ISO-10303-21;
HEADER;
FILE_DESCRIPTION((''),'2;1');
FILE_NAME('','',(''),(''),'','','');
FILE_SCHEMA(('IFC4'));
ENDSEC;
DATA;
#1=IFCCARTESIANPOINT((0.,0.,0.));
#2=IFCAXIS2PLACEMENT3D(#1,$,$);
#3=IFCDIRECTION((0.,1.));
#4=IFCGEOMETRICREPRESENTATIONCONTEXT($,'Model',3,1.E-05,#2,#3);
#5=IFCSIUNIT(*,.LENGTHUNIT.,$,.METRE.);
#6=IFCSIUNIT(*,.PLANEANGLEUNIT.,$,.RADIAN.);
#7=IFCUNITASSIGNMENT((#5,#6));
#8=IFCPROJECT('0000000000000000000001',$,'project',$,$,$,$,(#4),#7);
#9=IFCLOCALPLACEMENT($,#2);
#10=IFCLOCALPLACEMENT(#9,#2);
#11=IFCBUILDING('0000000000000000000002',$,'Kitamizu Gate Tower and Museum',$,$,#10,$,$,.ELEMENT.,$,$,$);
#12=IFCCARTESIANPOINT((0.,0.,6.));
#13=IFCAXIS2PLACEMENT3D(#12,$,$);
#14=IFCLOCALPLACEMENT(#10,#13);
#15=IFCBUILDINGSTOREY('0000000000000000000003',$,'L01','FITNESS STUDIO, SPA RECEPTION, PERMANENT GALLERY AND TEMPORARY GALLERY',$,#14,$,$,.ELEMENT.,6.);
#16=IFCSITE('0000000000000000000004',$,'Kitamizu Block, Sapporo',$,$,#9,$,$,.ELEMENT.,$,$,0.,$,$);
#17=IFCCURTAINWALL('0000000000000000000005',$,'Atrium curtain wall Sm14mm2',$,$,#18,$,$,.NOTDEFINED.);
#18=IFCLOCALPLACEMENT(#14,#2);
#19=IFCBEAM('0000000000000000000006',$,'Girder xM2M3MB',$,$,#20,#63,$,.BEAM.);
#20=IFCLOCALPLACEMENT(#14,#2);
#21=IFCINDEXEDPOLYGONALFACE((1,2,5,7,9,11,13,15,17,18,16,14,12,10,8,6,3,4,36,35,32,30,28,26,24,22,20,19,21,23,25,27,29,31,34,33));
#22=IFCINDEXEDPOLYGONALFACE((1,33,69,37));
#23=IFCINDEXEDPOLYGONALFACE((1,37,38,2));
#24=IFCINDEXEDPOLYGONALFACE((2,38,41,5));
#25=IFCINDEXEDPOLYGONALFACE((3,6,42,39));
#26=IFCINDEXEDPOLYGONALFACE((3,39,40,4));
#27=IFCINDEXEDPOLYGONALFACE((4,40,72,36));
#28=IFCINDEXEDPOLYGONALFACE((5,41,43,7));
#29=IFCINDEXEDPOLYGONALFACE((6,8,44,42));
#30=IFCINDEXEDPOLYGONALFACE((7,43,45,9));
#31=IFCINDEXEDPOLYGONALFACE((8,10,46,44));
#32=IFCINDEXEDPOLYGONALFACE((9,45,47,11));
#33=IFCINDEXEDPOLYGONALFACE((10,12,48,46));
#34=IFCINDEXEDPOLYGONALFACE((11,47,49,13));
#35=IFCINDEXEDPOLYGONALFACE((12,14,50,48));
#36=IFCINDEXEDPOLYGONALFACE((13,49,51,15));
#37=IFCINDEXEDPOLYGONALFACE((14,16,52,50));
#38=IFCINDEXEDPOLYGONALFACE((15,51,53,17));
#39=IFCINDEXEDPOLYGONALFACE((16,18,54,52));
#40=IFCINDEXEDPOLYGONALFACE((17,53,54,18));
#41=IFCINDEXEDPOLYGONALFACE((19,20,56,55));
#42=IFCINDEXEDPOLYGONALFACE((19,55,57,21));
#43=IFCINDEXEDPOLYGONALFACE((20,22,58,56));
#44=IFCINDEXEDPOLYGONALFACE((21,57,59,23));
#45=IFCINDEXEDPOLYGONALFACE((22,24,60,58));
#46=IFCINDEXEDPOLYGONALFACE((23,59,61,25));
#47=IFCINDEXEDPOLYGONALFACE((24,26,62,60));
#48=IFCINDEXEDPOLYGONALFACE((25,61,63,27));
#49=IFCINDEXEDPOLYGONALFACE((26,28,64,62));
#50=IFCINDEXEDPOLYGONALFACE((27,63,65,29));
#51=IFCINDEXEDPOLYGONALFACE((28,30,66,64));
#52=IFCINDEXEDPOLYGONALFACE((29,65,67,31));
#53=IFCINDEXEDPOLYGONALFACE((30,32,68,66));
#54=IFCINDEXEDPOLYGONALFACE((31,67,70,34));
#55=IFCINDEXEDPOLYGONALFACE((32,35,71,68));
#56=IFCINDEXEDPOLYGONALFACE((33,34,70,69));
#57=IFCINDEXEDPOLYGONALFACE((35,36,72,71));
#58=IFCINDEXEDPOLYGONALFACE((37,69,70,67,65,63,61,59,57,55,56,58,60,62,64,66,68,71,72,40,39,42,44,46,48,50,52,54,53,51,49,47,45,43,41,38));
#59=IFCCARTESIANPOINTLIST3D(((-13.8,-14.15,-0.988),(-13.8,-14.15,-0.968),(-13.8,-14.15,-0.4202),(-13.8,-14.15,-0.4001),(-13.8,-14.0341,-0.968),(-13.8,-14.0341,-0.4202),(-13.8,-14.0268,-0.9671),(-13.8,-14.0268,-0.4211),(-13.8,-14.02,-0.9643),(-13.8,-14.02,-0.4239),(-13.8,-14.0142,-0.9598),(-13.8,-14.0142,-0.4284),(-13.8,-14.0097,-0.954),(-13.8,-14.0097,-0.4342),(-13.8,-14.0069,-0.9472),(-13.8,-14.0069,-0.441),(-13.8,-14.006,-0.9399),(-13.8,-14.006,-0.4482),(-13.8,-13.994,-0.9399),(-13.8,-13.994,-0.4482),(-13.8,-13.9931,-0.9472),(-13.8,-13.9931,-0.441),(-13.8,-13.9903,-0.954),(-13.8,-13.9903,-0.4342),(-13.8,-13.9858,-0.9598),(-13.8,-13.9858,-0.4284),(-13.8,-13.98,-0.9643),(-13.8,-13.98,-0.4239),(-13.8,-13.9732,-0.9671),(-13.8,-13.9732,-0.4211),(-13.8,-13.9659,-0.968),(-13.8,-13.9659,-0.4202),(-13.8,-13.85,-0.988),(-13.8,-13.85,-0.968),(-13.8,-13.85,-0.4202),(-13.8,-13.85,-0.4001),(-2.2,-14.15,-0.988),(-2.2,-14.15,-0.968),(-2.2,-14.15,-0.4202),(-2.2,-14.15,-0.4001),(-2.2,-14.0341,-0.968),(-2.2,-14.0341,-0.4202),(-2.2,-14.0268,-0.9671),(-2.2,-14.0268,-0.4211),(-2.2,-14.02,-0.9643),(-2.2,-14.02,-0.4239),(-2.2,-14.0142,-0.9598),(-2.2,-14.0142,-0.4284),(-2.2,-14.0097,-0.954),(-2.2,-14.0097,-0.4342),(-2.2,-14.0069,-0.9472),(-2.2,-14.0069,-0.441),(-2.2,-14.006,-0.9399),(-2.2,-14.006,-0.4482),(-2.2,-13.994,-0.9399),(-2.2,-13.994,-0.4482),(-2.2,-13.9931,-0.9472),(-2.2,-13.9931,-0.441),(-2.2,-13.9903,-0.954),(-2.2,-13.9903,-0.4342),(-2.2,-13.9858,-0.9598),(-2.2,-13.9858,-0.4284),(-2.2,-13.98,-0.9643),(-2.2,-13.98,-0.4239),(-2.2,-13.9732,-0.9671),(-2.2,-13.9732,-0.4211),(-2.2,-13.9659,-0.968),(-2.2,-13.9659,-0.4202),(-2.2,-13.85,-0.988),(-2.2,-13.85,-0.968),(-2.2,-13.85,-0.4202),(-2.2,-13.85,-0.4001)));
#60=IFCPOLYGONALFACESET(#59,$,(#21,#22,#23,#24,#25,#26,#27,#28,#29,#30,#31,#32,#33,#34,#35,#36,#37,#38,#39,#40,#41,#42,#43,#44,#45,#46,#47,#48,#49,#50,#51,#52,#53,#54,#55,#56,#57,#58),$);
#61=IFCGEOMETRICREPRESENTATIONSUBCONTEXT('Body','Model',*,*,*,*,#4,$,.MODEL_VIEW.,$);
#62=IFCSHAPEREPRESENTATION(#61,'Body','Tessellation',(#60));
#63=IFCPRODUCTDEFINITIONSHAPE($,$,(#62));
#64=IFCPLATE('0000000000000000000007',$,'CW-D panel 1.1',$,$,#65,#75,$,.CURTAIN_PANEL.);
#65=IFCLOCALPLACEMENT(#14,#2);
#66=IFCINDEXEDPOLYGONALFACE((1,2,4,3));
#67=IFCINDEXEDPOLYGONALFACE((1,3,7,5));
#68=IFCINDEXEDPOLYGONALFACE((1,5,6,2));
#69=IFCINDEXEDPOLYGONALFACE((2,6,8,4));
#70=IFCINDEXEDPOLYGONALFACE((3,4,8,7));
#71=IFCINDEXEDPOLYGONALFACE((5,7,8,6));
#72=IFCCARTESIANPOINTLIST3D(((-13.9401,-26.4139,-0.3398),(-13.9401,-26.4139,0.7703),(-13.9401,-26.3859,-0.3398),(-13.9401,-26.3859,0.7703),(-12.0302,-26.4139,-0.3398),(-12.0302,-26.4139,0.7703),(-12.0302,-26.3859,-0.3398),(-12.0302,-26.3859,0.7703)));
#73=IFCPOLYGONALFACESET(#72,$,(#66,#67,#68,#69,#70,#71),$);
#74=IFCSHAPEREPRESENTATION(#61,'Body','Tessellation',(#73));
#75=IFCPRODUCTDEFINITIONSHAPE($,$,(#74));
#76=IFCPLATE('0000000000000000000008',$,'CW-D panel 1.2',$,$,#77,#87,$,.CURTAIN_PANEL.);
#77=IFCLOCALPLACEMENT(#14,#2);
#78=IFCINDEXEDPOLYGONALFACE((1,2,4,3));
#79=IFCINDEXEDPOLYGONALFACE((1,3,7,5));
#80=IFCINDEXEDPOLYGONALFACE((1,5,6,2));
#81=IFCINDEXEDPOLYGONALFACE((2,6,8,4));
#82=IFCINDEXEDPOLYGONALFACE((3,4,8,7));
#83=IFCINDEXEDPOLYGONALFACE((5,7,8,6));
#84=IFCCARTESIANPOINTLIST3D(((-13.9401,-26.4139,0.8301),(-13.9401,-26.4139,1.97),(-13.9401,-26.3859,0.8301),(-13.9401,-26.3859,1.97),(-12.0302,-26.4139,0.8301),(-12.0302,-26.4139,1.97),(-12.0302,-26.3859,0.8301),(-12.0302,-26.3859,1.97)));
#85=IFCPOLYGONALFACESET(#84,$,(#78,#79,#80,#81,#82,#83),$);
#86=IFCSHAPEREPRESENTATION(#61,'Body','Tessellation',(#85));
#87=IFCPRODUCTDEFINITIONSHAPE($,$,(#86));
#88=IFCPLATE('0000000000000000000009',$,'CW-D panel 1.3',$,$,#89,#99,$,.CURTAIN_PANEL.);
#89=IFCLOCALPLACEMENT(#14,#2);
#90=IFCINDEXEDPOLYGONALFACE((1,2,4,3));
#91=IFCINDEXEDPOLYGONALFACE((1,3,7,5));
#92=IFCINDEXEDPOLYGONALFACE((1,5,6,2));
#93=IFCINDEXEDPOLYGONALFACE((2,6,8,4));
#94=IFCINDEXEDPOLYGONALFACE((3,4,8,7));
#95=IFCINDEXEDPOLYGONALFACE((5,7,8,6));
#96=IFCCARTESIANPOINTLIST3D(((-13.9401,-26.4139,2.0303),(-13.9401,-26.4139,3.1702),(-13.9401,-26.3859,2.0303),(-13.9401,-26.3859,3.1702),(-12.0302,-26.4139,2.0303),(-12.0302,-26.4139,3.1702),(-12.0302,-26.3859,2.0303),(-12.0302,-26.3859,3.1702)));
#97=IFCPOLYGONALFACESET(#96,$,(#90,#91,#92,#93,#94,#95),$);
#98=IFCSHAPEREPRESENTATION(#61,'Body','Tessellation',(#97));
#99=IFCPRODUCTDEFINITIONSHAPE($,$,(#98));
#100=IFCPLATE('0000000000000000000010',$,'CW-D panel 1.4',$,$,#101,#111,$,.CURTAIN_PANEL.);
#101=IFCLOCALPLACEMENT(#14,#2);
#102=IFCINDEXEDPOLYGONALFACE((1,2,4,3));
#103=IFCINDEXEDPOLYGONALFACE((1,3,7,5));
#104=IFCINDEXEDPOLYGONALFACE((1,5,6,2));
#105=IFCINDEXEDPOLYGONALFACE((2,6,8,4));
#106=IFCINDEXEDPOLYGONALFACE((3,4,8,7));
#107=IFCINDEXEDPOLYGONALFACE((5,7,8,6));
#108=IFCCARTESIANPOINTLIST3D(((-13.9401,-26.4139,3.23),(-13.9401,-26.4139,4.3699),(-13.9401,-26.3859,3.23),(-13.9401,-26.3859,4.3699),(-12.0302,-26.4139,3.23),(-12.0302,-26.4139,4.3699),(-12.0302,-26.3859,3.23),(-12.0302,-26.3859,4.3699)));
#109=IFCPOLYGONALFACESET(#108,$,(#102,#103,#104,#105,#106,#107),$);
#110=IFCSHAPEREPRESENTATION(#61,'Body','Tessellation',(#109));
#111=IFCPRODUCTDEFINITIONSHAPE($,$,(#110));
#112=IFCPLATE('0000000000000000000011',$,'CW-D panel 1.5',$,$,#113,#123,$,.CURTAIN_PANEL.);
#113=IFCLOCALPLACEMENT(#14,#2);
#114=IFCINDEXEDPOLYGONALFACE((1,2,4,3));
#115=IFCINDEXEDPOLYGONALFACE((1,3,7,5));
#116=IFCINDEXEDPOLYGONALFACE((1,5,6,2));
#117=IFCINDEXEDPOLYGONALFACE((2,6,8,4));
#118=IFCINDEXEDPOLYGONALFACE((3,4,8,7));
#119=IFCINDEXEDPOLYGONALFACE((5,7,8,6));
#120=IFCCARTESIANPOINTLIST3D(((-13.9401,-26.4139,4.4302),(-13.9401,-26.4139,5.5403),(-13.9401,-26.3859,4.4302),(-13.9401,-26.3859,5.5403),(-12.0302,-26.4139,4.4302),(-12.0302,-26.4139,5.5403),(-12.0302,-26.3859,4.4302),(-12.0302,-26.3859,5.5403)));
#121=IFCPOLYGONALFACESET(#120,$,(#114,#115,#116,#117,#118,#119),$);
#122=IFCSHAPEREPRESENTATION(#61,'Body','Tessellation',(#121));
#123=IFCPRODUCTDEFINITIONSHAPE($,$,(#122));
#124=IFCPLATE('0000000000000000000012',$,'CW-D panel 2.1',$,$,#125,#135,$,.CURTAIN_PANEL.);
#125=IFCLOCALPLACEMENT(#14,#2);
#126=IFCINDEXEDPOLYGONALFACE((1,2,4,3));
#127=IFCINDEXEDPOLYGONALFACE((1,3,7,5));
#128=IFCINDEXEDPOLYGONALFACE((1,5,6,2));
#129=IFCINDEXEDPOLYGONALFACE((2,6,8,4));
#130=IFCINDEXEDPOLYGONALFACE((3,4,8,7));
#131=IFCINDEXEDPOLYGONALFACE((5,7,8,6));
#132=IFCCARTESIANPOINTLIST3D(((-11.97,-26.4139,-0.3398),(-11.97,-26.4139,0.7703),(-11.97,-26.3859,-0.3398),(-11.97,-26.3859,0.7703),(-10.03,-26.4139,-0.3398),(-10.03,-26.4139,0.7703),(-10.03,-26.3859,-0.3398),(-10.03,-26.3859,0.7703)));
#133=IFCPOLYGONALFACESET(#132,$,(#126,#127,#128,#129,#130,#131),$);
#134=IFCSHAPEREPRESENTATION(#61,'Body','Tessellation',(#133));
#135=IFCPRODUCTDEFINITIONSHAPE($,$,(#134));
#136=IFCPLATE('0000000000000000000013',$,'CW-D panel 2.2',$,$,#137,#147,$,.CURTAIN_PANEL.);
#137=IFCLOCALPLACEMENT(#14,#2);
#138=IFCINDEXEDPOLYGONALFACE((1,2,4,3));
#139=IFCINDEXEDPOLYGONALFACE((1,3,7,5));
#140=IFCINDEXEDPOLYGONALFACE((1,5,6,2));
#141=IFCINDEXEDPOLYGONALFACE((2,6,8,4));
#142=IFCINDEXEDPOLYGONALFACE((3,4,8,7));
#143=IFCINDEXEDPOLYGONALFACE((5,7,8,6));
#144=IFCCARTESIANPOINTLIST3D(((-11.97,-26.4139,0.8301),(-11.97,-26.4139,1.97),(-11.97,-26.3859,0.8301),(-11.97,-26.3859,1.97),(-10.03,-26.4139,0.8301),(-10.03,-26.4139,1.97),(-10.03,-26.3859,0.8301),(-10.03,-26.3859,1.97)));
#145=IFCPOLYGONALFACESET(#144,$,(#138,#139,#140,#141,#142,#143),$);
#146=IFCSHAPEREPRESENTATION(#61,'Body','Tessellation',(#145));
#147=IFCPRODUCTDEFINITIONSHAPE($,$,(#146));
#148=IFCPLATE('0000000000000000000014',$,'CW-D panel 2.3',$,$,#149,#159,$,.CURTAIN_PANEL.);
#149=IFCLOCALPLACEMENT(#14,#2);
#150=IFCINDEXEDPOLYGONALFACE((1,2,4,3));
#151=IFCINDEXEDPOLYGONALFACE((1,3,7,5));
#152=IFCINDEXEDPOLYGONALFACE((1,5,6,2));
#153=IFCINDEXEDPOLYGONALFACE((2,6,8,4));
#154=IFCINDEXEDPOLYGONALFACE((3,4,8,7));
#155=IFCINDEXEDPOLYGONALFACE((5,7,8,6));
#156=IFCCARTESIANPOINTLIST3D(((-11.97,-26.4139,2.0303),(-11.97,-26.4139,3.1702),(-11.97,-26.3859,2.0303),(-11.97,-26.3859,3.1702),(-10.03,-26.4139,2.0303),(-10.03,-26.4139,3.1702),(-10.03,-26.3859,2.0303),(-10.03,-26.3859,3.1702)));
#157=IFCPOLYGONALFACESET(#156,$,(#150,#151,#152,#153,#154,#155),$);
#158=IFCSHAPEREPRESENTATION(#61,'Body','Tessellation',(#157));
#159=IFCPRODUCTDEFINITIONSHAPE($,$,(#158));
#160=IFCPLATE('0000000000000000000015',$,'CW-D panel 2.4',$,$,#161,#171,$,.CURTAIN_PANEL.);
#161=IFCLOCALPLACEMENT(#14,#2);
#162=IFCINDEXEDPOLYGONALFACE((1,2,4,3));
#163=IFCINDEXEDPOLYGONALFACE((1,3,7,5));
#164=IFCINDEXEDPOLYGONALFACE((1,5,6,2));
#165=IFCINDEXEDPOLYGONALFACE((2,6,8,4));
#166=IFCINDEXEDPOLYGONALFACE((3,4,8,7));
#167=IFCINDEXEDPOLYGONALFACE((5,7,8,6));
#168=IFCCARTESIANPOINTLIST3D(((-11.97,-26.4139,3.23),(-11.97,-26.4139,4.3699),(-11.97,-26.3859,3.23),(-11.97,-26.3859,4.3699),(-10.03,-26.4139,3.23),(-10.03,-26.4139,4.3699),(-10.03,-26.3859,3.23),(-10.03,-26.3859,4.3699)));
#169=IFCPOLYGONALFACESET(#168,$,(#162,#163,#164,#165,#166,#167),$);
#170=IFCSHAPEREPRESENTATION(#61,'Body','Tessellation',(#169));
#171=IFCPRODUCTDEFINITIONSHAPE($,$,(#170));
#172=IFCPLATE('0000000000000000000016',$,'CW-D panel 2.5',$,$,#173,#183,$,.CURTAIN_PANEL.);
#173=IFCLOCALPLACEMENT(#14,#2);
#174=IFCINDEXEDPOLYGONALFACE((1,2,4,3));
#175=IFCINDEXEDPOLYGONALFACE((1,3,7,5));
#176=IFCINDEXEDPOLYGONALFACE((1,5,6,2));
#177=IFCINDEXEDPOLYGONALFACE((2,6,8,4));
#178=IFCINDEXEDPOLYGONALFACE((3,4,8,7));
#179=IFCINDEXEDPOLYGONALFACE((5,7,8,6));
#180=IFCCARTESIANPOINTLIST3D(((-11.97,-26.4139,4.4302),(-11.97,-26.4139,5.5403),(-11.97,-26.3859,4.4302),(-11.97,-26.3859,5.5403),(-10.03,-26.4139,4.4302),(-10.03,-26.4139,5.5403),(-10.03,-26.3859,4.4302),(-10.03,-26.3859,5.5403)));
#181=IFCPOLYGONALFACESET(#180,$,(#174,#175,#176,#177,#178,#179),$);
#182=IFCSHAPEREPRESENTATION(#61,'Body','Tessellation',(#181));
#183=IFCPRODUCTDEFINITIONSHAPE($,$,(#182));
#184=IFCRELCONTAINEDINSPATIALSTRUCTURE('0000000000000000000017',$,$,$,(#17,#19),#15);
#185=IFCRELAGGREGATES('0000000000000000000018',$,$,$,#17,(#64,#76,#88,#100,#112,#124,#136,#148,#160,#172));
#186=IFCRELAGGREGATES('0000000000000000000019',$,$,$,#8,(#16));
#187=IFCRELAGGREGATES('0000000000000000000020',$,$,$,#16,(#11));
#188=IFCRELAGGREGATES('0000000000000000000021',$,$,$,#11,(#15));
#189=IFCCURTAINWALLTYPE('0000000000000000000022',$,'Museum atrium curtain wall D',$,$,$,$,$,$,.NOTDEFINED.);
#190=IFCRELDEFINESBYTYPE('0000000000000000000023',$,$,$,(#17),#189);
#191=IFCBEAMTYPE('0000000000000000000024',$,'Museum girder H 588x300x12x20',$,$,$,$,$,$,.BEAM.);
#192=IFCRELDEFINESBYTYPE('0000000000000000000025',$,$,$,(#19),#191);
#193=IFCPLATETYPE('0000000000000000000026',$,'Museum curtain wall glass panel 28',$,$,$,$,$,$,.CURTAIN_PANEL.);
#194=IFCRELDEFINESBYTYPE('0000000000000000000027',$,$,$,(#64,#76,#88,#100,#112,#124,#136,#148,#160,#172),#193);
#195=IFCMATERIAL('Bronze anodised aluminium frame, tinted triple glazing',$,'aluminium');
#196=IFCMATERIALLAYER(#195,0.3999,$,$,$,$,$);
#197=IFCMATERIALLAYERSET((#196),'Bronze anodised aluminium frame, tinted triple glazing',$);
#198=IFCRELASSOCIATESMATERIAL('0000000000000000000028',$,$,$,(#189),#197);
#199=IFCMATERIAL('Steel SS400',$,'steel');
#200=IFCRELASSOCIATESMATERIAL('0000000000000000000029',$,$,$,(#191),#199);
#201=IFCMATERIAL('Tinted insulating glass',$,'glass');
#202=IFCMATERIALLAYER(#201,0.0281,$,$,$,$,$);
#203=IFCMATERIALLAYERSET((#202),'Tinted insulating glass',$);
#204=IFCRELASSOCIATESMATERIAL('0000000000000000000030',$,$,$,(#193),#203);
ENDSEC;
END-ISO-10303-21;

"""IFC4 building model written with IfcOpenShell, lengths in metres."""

from ifc_helpers import new_model, si_unit, direction, frame, origin, origin_2d, place, context, subcontext, project, spatial, rectangle, i_section, extrude, material, layer, layer_set, material_profile, profile_set, type_object, element, aggregate, save


model = new_model("IFC4")

# Units and contexts
model_context = context("Model", 3, precision=1e-05, world=origin(), true_north=direction((0.0, 1.0)))
body_context = subcontext(model_context, "Body", "Model", "MODEL_VIEW")
ifc_project = project(units=[si_unit("LENGTHUNIT", "METRE"), si_unit("PLANEANGLEUNIT", "RADIAN")], contexts=[model_context])

# Site, building, storey
site_placement = place(None, origin())
site = spatial("IfcSite", under=ifc_project, at=site_placement, Name="Kitamizu Block, Sapporo", CompositionType="ELEMENT", RefElevation=0.0)
building_placement = place(site_placement, origin())
building = spatial("IfcBuilding", under=site, at=building_placement, Name="Kitamizu Gate Tower and Museum", CompositionType="ELEMENT")
storey_placement = place(building_placement, frame((0.0, 0.0, 6.0)))
storey = spatial("IfcBuildingStorey", under=building, at=storey_placement, Name="L01", Description="FITNESS STUDIO, SPA RECEPTION, PERMANENT GALLERY AND TEMPORARY GALLERY", CompositionType="ELEMENT", Elevation=6.0)

# Curtain wall
ifc_material_1 = material(Name="Bronze anodised aluminium frame, tinted triple glazing", Category="aluminium")
ifc_layer_1 = layer(ifc_material_1, 0.3999)
ifc_layer_set_1 = layer_set([ifc_layer_1], Name="Bronze anodised aluminium frame, tinted triple glazing")
curtain_wall_type = type_object("IfcCurtainWallType", Name="Museum atrium curtain wall D", PredefinedType="NOTDEFINED", material=ifc_layer_set_1)
curtain_wall_placement = place(storey_placement, origin())
curtain_wall = element("IfcCurtainWall", 1, at=curtain_wall_placement, inside=storey, type_object=curtain_wall_type, Name="Atrium curtain wall Sm14mm2", PredefinedType="NOTDEFINED")

# Beam
ifc_material_2 = material(Name="Steel SS400", Category="steel")
ifc_material_profile_1 = material_profile(ifc_material_2, i_section(OverallWidth=0.3, OverallDepth=0.5879, WebThickness=0.012, FlangeThickness=0.02, FilletRadius=0.0281, at=origin_2d()), Name="H-588x300x12x20")
ifc_profile_set_1 = profile_set([ifc_material_profile_1], Name="Steel SS400")
beam_type = type_object("IfcBeamType", Name="Museum girder H 588x300x12x20", PredefinedType="BEAM", material=ifc_profile_set_1)
for number, where, z_axis, x_axis, name in (
    (2, (-13.8, -14.0, -0.6941), (1.0, 0.0, 0.0), (0.0, 1.0, 0.0), "Girder xM2M3MB"),
):
    element("IfcBeam", number, at=place(storey_placement, frame(where, z_axis=z_axis, x_axis=x_axis)), inside=storey, type_object=beam_type, Name=name, PredefinedType="BEAM", context=body_context, shape_type="SweptSolid", body=[
        extrude(i_section(OverallWidth=0.3, OverallDepth=0.5879, WebThickness=0.012, FlangeThickness=0.02, FilletRadius=0.0281, at=origin_2d()), origin(), (0.0, 0.0, 1.0), 11.6001),
    ])

# Plates
ifc_material_3 = material(Name="Tinted insulating glass", Category="glass")
ifc_layer_2 = layer(ifc_material_3, 0.0281)
ifc_layer_set_2 = layer_set([ifc_layer_2], Name="Tinted insulating glass")
plate_type = type_object("IfcPlateType", Name="Museum curtain wall glass panel 28", PredefinedType="CURTAIN_PANEL", material=ifc_layer_set_2)
plate_1_placement = place(storey_placement, frame((-12.9851, -26.3999, -0.3398), z_axis=(0.0, 0.0, 1.0), x_axis=(1.0, 0.0, 0.0)))
plate_1 = element("IfcPlate", 3, at=plate_1_placement, type_object=plate_type, Name="CW-D panel 1.1", PredefinedType="CURTAIN_PANEL", context=body_context, shape_type="SweptSolid", body=[
    extrude(rectangle(XDim=1.9099, YDim=0.0281, at=origin_2d()), origin(), (0.0, 0.0, 1.0), 1.1101),
])
plate_2_placement = place(storey_placement, frame((-12.9851, -26.3999, 0.8301), z_axis=(0.0, 0.0, 1.0), x_axis=(1.0, 0.0, 0.0)))
plate_2 = element("IfcPlate", 4, at=plate_2_placement, type_object=plate_type, Name="CW-D panel 1.2", PredefinedType="CURTAIN_PANEL", context=body_context, shape_type="SweptSolid", body=[
    extrude(rectangle(XDim=1.9099, YDim=0.0281, at=origin_2d()), origin(), (0.0, 0.0, 1.0), 1.1399),
])
plate_3_placement = place(storey_placement, frame((-12.9851, -26.3999, 2.0303), z_axis=(0.0, 0.0, 1.0), x_axis=(1.0, 0.0, 0.0)))
plate_3 = element("IfcPlate", 5, at=plate_3_placement, type_object=plate_type, Name="CW-D panel 1.3", PredefinedType="CURTAIN_PANEL", context=body_context, shape_type="SweptSolid", body=[
    extrude(rectangle(XDim=1.9099, YDim=0.0281, at=origin_2d()), origin(), (0.0, 0.0, 1.0), 1.1399),
])
plate_4_placement = place(storey_placement, frame((-12.9851, -26.3999, 3.23), z_axis=(0.0, 0.0, 1.0), x_axis=(1.0, 0.0, 0.0)))
plate_4 = element("IfcPlate", 6, at=plate_4_placement, type_object=plate_type, Name="CW-D panel 1.4", PredefinedType="CURTAIN_PANEL", context=body_context, shape_type="SweptSolid", body=[
    extrude(rectangle(XDim=1.9099, YDim=0.0281, at=origin_2d()), origin(), (0.0, 0.0, 1.0), 1.1399),
])
plate_5_placement = place(storey_placement, frame((-12.9851, -26.3999, 4.4302), z_axis=(0.0, 0.0, 1.0), x_axis=(1.0, 0.0, 0.0)))
plate_5 = element("IfcPlate", 7, at=plate_5_placement, type_object=plate_type, Name="CW-D panel 1.5", PredefinedType="CURTAIN_PANEL", context=body_context, shape_type="SweptSolid", body=[
    extrude(rectangle(XDim=1.9099, YDim=0.0281, at=origin_2d()), origin(), (0.0, 0.0, 1.0), 1.1101),
])
plate_6_placement = place(storey_placement, frame((-11.0, -26.3999, -0.3398), z_axis=(0.0, 0.0, 1.0), x_axis=(1.0, 0.0, 0.0)))
plate_6 = element("IfcPlate", 8, at=plate_6_placement, type_object=plate_type, Name="CW-D panel 2.1", PredefinedType="CURTAIN_PANEL", context=body_context, shape_type="SweptSolid", body=[
    extrude(rectangle(XDim=1.9399, YDim=0.0281, at=origin_2d()), origin(), (0.0, 0.0, 1.0), 1.1101),
])
plate_7_placement = place(storey_placement, frame((-11.0, -26.3999, 0.8301), z_axis=(0.0, 0.0, 1.0), x_axis=(1.0, 0.0, 0.0)))
plate_7 = element("IfcPlate", 9, at=plate_7_placement, type_object=plate_type, Name="CW-D panel 2.2", PredefinedType="CURTAIN_PANEL", context=body_context, shape_type="SweptSolid", body=[
    extrude(rectangle(XDim=1.9399, YDim=0.0281, at=origin_2d()), origin(), (0.0, 0.0, 1.0), 1.1399),
])
plate_8_placement = place(storey_placement, frame((-11.0, -26.3999, 2.0303), z_axis=(0.0, 0.0, 1.0), x_axis=(1.0, 0.0, 0.0)))
plate_8 = element("IfcPlate", 10, at=plate_8_placement, type_object=plate_type, Name="CW-D panel 2.3", PredefinedType="CURTAIN_PANEL", context=body_context, shape_type="SweptSolid", body=[
    extrude(rectangle(XDim=1.9399, YDim=0.0281, at=origin_2d()), origin(), (0.0, 0.0, 1.0), 1.1399),
])
plate_9_placement = place(storey_placement, frame((-11.0, -26.3999, 3.23), z_axis=(0.0, 0.0, 1.0), x_axis=(1.0, 0.0, 0.0)))
plate_9 = element("IfcPlate", 11, at=plate_9_placement, type_object=plate_type, Name="CW-D panel 2.4", PredefinedType="CURTAIN_PANEL", context=body_context, shape_type="SweptSolid", body=[
    extrude(rectangle(XDim=1.9399, YDim=0.0281, at=origin_2d()), origin(), (0.0, 0.0, 1.0), 1.1399),
])
plate_10_placement = place(storey_placement, frame((-11.0, -26.3999, 4.4302), z_axis=(0.0, 0.0, 1.0), x_axis=(1.0, 0.0, 0.0)))
plate_10 = element("IfcPlate", 12, at=plate_10_placement, type_object=plate_type, Name="CW-D panel 2.5", PredefinedType="CURTAIN_PANEL", context=body_context, shape_type="SweptSolid", body=[
    extrude(rectangle(XDim=1.9399, YDim=0.0281, at=origin_2d()), origin(), (0.0, 0.0, 1.0), 1.1101),
])
aggregate(curtain_wall, [plate_1, plate_2, plate_3, plate_4, plate_5, plate_6, plate_7, plate_8, plate_9, plate_10])

save(model, "model.ifc")
